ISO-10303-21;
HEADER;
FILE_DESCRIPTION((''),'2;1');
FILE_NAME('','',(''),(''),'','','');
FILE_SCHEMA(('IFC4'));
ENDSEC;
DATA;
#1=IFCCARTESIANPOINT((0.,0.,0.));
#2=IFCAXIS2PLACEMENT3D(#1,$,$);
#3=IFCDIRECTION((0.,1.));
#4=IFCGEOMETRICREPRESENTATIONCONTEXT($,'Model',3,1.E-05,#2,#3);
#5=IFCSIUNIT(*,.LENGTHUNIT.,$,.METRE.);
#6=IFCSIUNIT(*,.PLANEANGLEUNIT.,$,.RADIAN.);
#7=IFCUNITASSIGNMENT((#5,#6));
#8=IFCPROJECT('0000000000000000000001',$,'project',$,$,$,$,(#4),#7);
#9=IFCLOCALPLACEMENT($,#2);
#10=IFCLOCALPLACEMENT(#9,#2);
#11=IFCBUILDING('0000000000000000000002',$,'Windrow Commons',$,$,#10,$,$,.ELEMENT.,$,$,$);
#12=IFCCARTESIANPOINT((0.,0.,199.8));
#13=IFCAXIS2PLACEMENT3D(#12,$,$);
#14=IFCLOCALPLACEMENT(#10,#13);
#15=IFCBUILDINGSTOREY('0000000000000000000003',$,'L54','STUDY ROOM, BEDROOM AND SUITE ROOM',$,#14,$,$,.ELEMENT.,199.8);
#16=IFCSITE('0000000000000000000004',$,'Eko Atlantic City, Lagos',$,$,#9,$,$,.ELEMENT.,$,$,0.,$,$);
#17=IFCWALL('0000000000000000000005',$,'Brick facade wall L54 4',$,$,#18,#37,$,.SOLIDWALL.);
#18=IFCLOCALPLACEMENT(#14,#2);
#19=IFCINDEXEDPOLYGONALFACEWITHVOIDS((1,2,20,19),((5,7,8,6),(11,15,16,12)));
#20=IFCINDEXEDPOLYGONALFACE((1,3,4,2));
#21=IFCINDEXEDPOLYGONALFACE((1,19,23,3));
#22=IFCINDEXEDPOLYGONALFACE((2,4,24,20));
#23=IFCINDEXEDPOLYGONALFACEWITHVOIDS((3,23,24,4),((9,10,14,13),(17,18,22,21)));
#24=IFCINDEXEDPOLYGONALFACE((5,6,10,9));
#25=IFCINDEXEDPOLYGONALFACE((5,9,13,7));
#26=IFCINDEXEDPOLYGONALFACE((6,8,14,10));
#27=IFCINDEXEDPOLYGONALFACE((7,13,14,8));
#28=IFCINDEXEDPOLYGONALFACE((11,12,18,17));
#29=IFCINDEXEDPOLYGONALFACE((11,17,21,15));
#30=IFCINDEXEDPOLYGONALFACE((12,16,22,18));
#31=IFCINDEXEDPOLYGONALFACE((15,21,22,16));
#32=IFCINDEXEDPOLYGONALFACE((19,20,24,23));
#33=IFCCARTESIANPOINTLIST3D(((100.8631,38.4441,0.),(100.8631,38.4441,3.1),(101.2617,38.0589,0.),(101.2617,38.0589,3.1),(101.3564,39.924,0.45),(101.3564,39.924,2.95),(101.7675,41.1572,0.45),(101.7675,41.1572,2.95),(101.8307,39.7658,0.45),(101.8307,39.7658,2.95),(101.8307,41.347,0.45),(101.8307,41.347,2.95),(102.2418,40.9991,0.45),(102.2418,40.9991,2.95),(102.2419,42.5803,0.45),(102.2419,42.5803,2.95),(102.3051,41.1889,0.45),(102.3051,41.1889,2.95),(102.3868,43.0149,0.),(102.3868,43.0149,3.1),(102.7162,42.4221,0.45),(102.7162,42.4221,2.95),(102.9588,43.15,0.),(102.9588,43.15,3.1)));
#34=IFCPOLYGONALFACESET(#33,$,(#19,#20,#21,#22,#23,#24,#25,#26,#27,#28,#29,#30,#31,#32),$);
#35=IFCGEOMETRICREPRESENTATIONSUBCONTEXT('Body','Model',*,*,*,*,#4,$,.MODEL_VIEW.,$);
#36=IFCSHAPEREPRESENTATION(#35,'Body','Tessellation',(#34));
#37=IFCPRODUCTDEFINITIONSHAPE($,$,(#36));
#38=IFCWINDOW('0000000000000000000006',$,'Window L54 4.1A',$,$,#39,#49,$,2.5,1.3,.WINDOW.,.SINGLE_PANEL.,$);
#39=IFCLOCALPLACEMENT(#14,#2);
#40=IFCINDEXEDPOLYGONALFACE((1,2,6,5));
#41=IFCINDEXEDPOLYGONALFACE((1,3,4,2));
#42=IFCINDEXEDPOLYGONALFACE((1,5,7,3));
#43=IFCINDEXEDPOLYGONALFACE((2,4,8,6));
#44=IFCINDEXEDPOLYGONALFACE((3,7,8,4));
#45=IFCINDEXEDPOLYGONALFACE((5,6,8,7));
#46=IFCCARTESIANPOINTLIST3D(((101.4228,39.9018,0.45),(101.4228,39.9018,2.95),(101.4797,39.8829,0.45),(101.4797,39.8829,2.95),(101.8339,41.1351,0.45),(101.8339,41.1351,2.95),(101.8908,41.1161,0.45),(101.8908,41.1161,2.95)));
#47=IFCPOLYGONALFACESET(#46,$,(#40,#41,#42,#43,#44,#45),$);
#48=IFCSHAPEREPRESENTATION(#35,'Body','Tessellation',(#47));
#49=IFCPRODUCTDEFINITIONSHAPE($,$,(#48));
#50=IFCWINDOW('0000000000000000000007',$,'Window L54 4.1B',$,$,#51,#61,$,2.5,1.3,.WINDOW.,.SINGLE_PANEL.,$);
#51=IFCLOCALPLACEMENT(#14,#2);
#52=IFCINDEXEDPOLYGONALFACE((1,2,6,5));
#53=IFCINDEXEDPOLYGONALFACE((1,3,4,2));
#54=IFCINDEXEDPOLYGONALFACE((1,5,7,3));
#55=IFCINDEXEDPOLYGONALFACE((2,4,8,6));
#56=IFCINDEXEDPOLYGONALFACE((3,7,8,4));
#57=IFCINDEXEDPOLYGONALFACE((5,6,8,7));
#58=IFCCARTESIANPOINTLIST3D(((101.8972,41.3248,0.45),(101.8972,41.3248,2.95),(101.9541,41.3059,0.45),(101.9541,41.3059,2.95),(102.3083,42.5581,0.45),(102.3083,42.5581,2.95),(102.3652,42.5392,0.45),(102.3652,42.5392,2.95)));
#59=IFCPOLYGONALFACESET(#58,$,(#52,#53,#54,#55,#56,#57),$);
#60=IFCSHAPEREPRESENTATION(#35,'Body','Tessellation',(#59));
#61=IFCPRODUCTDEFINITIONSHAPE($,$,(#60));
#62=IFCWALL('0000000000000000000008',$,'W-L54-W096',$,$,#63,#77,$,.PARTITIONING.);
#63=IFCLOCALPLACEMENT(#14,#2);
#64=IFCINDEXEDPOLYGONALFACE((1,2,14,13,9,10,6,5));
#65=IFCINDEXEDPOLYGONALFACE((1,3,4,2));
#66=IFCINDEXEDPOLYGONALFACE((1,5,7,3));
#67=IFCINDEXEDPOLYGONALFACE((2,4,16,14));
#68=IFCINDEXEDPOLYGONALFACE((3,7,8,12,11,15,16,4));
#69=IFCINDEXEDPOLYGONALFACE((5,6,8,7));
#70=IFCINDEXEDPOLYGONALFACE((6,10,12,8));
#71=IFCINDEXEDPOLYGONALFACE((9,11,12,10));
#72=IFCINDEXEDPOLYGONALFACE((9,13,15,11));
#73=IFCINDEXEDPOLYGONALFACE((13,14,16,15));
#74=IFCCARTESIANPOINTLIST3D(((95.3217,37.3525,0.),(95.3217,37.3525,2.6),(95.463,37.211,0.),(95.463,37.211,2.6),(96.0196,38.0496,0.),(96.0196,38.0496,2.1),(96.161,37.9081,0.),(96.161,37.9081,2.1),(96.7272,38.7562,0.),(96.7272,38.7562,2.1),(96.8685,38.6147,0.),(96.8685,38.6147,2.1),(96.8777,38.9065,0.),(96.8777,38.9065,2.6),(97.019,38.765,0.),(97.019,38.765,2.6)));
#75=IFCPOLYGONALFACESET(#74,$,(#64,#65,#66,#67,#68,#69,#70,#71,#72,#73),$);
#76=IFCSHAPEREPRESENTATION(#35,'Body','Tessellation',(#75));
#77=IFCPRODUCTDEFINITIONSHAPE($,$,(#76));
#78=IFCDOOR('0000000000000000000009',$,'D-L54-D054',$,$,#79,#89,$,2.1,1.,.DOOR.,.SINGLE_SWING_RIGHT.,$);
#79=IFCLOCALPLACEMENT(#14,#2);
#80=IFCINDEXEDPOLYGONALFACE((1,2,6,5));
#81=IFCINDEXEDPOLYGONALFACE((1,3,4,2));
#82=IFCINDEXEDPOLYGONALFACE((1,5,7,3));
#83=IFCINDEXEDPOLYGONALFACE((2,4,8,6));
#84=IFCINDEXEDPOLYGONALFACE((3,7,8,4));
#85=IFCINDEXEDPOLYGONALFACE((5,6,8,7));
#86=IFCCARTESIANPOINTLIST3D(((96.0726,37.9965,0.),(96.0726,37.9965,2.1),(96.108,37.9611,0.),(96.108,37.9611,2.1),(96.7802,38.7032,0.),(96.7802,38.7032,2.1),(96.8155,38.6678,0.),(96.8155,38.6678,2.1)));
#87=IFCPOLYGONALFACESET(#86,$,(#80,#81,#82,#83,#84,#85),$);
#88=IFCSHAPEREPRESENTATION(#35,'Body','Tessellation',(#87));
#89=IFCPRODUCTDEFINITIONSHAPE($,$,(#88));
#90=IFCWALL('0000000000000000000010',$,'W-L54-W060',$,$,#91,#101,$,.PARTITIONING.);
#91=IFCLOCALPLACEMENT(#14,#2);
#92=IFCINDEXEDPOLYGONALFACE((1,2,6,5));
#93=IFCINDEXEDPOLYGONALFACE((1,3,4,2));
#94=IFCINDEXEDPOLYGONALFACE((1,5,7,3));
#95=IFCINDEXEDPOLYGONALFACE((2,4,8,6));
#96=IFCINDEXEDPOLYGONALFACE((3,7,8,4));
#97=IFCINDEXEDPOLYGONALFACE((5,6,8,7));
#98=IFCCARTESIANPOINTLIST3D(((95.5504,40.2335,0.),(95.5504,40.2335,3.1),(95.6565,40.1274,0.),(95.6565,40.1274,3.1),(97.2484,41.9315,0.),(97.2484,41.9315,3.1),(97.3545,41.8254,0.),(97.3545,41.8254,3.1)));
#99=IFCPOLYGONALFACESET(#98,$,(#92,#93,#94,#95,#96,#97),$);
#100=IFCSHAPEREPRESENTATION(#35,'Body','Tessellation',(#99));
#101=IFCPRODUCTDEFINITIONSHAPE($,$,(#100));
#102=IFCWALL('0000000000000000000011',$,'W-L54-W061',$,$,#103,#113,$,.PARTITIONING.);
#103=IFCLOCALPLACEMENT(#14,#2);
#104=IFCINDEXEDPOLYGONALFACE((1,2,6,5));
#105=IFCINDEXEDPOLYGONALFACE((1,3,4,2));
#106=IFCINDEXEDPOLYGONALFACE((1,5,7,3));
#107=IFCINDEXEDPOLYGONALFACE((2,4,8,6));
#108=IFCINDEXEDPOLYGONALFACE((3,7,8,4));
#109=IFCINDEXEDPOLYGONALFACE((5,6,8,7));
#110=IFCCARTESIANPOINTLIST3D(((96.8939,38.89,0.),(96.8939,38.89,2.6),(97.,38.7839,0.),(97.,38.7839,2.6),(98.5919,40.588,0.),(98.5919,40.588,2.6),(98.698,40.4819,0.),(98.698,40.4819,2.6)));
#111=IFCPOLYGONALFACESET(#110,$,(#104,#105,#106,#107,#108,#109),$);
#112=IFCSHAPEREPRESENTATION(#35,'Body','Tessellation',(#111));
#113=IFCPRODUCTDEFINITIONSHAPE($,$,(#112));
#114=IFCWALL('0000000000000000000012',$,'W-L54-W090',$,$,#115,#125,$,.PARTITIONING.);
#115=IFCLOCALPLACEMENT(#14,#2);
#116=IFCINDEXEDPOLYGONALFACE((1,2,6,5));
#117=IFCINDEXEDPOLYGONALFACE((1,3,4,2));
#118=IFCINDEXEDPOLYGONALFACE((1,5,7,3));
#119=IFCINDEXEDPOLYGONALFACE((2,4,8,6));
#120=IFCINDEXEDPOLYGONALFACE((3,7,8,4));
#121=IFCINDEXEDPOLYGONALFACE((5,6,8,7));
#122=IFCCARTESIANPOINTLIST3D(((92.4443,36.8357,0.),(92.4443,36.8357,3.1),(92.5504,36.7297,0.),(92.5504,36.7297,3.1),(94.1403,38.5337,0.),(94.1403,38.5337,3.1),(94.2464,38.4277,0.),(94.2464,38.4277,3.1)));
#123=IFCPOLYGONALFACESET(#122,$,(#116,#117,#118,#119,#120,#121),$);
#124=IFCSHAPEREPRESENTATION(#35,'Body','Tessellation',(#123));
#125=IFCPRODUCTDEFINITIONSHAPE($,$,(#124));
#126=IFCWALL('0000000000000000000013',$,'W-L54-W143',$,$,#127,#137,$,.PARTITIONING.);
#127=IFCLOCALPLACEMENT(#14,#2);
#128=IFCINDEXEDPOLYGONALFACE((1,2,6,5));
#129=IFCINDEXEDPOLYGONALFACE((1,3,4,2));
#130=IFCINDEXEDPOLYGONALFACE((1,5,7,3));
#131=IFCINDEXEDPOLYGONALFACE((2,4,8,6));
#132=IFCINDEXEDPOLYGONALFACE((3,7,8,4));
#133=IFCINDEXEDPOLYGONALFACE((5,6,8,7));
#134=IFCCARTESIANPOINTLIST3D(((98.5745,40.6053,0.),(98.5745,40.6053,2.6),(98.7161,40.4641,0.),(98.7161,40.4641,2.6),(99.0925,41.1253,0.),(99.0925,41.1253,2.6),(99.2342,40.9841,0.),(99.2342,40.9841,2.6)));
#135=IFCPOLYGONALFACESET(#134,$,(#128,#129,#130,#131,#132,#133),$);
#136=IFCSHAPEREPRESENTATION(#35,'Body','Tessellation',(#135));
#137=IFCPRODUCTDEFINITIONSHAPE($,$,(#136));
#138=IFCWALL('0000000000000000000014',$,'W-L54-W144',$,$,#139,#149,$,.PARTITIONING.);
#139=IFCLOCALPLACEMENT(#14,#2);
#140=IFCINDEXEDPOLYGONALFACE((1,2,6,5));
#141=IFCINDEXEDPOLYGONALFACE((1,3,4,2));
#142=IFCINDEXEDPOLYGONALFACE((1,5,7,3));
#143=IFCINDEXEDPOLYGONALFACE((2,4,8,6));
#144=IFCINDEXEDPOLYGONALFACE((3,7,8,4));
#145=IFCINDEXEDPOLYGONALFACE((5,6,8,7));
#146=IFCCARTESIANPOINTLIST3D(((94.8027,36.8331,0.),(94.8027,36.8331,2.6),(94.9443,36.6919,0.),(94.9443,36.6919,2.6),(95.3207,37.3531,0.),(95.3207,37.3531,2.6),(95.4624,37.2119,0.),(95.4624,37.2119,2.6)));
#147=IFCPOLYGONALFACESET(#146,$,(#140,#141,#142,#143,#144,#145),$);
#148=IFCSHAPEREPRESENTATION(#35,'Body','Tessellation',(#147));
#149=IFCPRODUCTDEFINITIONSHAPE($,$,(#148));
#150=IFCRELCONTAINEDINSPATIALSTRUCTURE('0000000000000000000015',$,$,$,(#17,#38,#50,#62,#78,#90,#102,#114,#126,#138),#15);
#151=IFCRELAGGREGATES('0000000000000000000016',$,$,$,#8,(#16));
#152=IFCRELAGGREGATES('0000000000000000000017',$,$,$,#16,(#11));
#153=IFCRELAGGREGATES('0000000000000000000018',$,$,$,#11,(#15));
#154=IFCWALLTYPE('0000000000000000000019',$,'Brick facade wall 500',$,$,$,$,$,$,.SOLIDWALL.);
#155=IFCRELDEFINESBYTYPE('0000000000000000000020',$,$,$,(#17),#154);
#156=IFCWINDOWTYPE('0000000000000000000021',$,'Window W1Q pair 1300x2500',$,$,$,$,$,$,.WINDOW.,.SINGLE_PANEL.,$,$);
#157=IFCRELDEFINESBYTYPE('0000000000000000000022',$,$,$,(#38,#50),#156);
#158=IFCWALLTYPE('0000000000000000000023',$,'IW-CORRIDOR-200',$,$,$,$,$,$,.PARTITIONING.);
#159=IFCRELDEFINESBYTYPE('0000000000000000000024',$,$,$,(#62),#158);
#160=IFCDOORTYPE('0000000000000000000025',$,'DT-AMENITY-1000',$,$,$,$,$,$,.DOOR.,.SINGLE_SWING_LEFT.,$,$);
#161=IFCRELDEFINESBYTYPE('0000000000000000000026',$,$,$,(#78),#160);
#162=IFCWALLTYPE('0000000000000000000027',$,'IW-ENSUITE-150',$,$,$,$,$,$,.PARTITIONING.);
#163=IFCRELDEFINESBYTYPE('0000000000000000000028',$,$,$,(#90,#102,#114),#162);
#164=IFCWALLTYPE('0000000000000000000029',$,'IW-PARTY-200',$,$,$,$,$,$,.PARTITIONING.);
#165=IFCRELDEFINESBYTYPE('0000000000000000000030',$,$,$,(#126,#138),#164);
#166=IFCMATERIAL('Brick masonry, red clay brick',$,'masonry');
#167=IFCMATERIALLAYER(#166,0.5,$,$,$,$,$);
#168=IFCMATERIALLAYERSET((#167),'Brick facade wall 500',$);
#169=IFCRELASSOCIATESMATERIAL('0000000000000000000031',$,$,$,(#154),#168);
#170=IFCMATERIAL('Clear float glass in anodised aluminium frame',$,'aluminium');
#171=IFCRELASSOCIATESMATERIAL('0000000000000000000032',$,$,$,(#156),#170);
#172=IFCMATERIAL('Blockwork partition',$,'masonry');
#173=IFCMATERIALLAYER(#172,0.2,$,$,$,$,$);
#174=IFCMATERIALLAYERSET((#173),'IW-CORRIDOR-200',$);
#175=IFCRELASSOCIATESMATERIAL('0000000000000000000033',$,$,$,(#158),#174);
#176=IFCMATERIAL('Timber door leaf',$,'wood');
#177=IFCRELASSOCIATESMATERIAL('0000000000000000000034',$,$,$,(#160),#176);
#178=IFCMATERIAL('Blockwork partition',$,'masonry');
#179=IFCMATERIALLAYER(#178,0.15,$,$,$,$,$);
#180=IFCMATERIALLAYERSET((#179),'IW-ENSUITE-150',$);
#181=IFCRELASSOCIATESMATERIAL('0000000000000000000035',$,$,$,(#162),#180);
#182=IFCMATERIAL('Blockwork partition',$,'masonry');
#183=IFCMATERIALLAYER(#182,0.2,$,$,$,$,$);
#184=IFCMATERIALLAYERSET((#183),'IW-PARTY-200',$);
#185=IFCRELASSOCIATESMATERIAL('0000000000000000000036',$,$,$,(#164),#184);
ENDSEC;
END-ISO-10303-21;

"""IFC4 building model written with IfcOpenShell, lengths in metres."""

from ifc_helpers import new_model, si_unit, direction, frame, frame_2d, origin, place, context, subcontext, project, spatial, polyline, rectangle, outline, extrude, material, layer, layer_set, type_object, element, fill, save


model = new_model("IFC4")

# Units and contexts
model_context = context("Model", 3, precision=1e-05, world=origin(), true_north=direction((0.0, 1.0)))
body_context = subcontext(model_context, "Body", "Model", "MODEL_VIEW")
ifc_project = project(units=[si_unit("LENGTHUNIT", "METRE"), si_unit("PLANEANGLEUNIT", "RADIAN")], contexts=[model_context])

# Site, building, storey
site_placement = place(None, origin())
site = spatial("IfcSite", under=ifc_project, at=site_placement, Name="Eko Atlantic City, Lagos", CompositionType="ELEMENT", RefElevation=0.0)
building_placement = place(site_placement, origin())
building = spatial("IfcBuilding", under=site, at=building_placement, Name="Windrow Commons", CompositionType="ELEMENT")
storey_placement = place(building_placement, frame((0.0, 0.0, 199.8)))
storey = spatial("IfcBuildingStorey", under=building, at=storey_placement, Name="L54", Description="STUDY ROOM, BEDROOM AND SUITE ROOM", CompositionType="ELEMENT", Elevation=199.8)

# Wall, openings, windows
ifc_material_1 = material(Name="Brick masonry, red clay brick", Category="masonry")
ifc_layer_1 = layer(ifc_material_1, 0.5)
ifc_layer_set_1 = layer_set([ifc_layer_1], Name="Brick facade wall 500")
wall_type_1 = type_object("IfcWallType", Name="Brick facade wall 500", PredefinedType="SOLIDWALL", material=ifc_layer_set_1)
ifc_material_2 = material(Name="Clear float glass in anodised aluminium frame", Category="aluminium")
window_type = type_object("IfcWindowType", Name="Window W1Q pair 1300x2500", PartitioningType="SINGLE_PANEL", PredefinedType="WINDOW", material=ifc_material_2)
wall_1_placement = place(storey_placement, frame((101.0624, 38.2515, 0.0), z_axis=(0.0, 0.0, 1.0), x_axis=(0.31624, 0.948679, 0.0)))
wall_1 = element("IfcWall", 1, at=wall_1_placement, inside=storey, type_object=wall_type_1, Name="Brick facade wall L54 4", PredefinedType="SOLIDWALL", context=body_context, shape_type="SweptSolid", body=[
    extrude(outline(polyline([(-0.1197, -0.25), (5.2468, -0.25), (4.9378, 0.25), (0.1197, 0.25), (-0.1197, -0.25)])), origin(), (0.0, 0.0, 1.0), 3.1),
])
opening_1_placement = place(wall_1_placement, frame((1.6796, 0.0, 0.45)))
opening_1 = element("IfcOpeningElement", 2, at=opening_1_placement, cuts=wall_1, PredefinedType="OPENING", context=body_context, shape_type="SweptSolid", body=[
    extrude(rectangle(XDim=1.3, YDim=2.5, at=frame_2d((0.65, 1.25))), frame((0.0, 0.26, 0.0), z_axis=(0.0, -1.0, 0.0), x_axis=(1.0, 0.0, 0.0)), (0.0, 0.0, 1.0), 0.52),
])
opening_2_placement = place(wall_1_placement, frame((3.1796, 0.0, 0.45)))
opening_2 = element("IfcOpeningElement", 3, at=opening_2_placement, cuts=wall_1, PredefinedType="OPENING", context=body_context, shape_type="SweptSolid", body=[
    extrude(rectangle(XDim=1.3, YDim=2.5, at=frame_2d((0.65, 1.25))), frame((0.0, 0.26, 0.0), z_axis=(0.0, -1.0, 0.0), x_axis=(1.0, 0.0, 0.0)), (0.0, 0.0, 1.0), 0.52),
])
window_1_placement = place(opening_1_placement, origin())
window_1 = element("IfcWindow", 4, at=window_1_placement, inside=storey, type_object=window_type, Name="Window L54 4.1A", OverallHeight=2.5, OverallWidth=1.3, PartitioningType="SINGLE_PANEL", PredefinedType="WINDOW", context=body_context, shape_type="SweptSolid", body=[
    extrude(rectangle(XDim=1.3, YDim=2.5, at=frame_2d((0.65, 1.25))), frame((0.0, 0.18, 0.0), z_axis=(0.0, -1.0, 0.0), x_axis=(1.0, 0.0, 0.0)), (0.0, 0.0, 1.0), 0.06),
])
fill(opening_1, window_1)
window_2_placement = place(opening_2_placement, origin())
window_2 = element("IfcWindow", 5, at=window_2_placement, inside=storey, type_object=window_type, Name="Window L54 4.1B", OverallHeight=2.5, OverallWidth=1.3, PartitioningType="SINGLE_PANEL", PredefinedType="WINDOW", context=body_context, shape_type="SweptSolid", body=[
    extrude(rectangle(XDim=1.3, YDim=2.5, at=frame_2d((0.65, 1.25))), frame((0.0, 0.18, 0.0), z_axis=(0.0, -1.0, 0.0), x_axis=(1.0, 0.0, 0.0)), (0.0, 0.0, 1.0), 0.06),
])
fill(opening_2, window_2)

# Wall, opening, door
ifc_material_3 = material(Name="Blockwork partition", Category="masonry")
ifc_layer_2 = layer(ifc_material_3, 0.2)
ifc_layer_set_2 = layer_set([ifc_layer_2], Name="IW-CORRIDOR-200")
wall_type_2 = type_object("IfcWallType", Name="IW-CORRIDOR-200", PredefinedType="PARTITIONING", material=ifc_layer_set_2)
wall_2_placement = place(storey_placement, frame((95.3923, 37.2817, 0.0), z_axis=(0.0, 0.0, 1.0), x_axis=(0.707561, 0.706652, 0.0)))
wall_2 = element("IfcWall", 6, at=wall_2_placement, inside=storey, type_object=wall_type_2, Name="W-L54-W096", PredefinedType="PARTITIONING", context=body_context, shape_type="SweptSolid", body=[
    extrude(rectangle(XDim=2.1991, YDim=0.2, at=frame_2d((1.0996, 0.0))), origin(), (0.0, 0.0, 1.0), 2.6),
])
opening_3_placement = place(wall_2_placement, frame((0.9865, 0.0, 0.0)))
opening_3 = element("IfcOpeningElement", 7, at=opening_3_placement, cuts=wall_2, PredefinedType="OPENING", context=body_context, shape_type="SweptSolid", body=[
    extrude(rectangle(XDim=1.0, YDim=2.1, at=frame_2d((0.5, 1.05))), frame((0.0, 0.11, 0.0), z_axis=(0.0, -1.0, 0.0), x_axis=(1.0, 0.0, 0.0)), (0.0, 0.0, 1.0), 0.22),
])
ifc_material_4 = material(Name="Timber door leaf", Category="wood")
door_type = type_object("IfcDoorType", Name="DT-AMENITY-1000", OperationType="SINGLE_SWING_LEFT", PredefinedType="DOOR", material=ifc_material_4)
door_placement = place(opening_3_placement, origin())
door = element("IfcDoor", 8, at=door_placement, inside=storey, type_object=door_type, Name="D-L54-D054", OperationType="SINGLE_SWING_RIGHT", OverallHeight=2.1, OverallWidth=1.0, PredefinedType="DOOR", context=body_context, shape_type="SweptSolid", body=[
    extrude(rectangle(XDim=1.0, YDim=2.1, at=frame_2d((0.5, 1.05))), frame((0.0, 0.025, 0.0), z_axis=(0.0, -1.0, 0.0), x_axis=(1.0, 0.0, 0.0)), (0.0, 0.0, 1.0), 0.05),
])
fill(opening_3, door)

# Walls
ifc_material_5 = material(Name="Blockwork partition", Category="masonry")
ifc_layer_3 = layer(ifc_material_5, 0.15)
ifc_layer_set_3 = layer_set([ifc_layer_3], Name="IW-ENSUITE-150")
wall_type_3 = type_object("IfcWallType", Name="IW-ENSUITE-150", PredefinedType="PARTITIONING", material=ifc_layer_set_3)
wall_3_placement = place(storey_placement, frame((95.6035, 40.1805, 0.0), z_axis=(0.0, 0.0, 1.0), x_axis=(0.707107, 0.707107, 0.0)))
element("IfcWall", 9, at=wall_3_placement, inside=storey, type_object=wall_type_3, Name="W-L54-W060", PredefinedType="PARTITIONING", context=body_context, shape_type="SweptSolid", body=[
    extrude(rectangle(XDim=2.4013, YDim=0.15, at=frame_2d((1.2006, 0.0))), origin(), (0.0, 0.0, 1.0), 3.1),
])
wall_4_placement = place(storey_placement, frame((96.947, 38.837, 0.0), z_axis=(0.0, 0.0, 1.0), x_axis=(0.707107, 0.707107, 0.0)))
element("IfcWall", 10, at=wall_4_placement, inside=storey, type_object=wall_type_3, Name="W-L54-W061", PredefinedType="PARTITIONING", context=body_context, shape_type="SweptSolid", body=[
    extrude(rectangle(XDim=2.4013, YDim=0.15, at=frame_2d((1.2006, 0.0))), origin(), (0.0, 0.0, 1.0), 2.6),
])
wall_5_placement = place(storey_placement, frame((92.4973, 36.7827, 0.0), z_axis=(0.0, 0.0, 1.0), x_axis=(0.70669, 0.707523, 0.0)))
element("IfcWall", 11, at=wall_5_placement, inside=storey, type_object=wall_type_3, Name="W-L54-W090", PredefinedType="PARTITIONING", context=body_context, shape_type="SweptSolid", body=[
    extrude(rectangle(XDim=2.3999, YDim=0.15, at=frame_2d((1.2, 0.0))), origin(), (0.0, 0.0, 1.0), 3.1),
])
ifc_material_6 = material(Name="Blockwork partition", Category="masonry")
ifc_layer_4 = layer(ifc_material_6, 0.2)
ifc_layer_set_4 = layer_set([ifc_layer_4], Name="IW-PARTY-200")
wall_type_4 = type_object("IfcWallType", Name="IW-PARTY-200", PredefinedType="PARTITIONING", material=ifc_layer_set_4)
for number, where, z_axis, x_axis, name in (
    (12, (98.6453, 40.5347, 0.0), (0.0, 0.0, 1.0), (0.705743, 0.708468, 0.0), "W-L54-W143"),
    (13, (94.8735, 36.7625, 0.0), (0.0, 0.0, 1.0), (0.705743, 0.708468, 0.0), "W-L54-W144"),
):
    element("IfcWall", number, at=place(storey_placement, frame(where, z_axis=z_axis, x_axis=x_axis)), inside=storey, type_object=wall_type_4, Name=name, PredefinedType="PARTITIONING", context=body_context, shape_type="SweptSolid", body=[
        extrude(rectangle(XDim=0.734, YDim=0.2, at=frame_2d((0.367, 0.0))), origin(), (0.0, 0.0, 1.0), 2.6),
    ])

save(model, "model.ifc")
